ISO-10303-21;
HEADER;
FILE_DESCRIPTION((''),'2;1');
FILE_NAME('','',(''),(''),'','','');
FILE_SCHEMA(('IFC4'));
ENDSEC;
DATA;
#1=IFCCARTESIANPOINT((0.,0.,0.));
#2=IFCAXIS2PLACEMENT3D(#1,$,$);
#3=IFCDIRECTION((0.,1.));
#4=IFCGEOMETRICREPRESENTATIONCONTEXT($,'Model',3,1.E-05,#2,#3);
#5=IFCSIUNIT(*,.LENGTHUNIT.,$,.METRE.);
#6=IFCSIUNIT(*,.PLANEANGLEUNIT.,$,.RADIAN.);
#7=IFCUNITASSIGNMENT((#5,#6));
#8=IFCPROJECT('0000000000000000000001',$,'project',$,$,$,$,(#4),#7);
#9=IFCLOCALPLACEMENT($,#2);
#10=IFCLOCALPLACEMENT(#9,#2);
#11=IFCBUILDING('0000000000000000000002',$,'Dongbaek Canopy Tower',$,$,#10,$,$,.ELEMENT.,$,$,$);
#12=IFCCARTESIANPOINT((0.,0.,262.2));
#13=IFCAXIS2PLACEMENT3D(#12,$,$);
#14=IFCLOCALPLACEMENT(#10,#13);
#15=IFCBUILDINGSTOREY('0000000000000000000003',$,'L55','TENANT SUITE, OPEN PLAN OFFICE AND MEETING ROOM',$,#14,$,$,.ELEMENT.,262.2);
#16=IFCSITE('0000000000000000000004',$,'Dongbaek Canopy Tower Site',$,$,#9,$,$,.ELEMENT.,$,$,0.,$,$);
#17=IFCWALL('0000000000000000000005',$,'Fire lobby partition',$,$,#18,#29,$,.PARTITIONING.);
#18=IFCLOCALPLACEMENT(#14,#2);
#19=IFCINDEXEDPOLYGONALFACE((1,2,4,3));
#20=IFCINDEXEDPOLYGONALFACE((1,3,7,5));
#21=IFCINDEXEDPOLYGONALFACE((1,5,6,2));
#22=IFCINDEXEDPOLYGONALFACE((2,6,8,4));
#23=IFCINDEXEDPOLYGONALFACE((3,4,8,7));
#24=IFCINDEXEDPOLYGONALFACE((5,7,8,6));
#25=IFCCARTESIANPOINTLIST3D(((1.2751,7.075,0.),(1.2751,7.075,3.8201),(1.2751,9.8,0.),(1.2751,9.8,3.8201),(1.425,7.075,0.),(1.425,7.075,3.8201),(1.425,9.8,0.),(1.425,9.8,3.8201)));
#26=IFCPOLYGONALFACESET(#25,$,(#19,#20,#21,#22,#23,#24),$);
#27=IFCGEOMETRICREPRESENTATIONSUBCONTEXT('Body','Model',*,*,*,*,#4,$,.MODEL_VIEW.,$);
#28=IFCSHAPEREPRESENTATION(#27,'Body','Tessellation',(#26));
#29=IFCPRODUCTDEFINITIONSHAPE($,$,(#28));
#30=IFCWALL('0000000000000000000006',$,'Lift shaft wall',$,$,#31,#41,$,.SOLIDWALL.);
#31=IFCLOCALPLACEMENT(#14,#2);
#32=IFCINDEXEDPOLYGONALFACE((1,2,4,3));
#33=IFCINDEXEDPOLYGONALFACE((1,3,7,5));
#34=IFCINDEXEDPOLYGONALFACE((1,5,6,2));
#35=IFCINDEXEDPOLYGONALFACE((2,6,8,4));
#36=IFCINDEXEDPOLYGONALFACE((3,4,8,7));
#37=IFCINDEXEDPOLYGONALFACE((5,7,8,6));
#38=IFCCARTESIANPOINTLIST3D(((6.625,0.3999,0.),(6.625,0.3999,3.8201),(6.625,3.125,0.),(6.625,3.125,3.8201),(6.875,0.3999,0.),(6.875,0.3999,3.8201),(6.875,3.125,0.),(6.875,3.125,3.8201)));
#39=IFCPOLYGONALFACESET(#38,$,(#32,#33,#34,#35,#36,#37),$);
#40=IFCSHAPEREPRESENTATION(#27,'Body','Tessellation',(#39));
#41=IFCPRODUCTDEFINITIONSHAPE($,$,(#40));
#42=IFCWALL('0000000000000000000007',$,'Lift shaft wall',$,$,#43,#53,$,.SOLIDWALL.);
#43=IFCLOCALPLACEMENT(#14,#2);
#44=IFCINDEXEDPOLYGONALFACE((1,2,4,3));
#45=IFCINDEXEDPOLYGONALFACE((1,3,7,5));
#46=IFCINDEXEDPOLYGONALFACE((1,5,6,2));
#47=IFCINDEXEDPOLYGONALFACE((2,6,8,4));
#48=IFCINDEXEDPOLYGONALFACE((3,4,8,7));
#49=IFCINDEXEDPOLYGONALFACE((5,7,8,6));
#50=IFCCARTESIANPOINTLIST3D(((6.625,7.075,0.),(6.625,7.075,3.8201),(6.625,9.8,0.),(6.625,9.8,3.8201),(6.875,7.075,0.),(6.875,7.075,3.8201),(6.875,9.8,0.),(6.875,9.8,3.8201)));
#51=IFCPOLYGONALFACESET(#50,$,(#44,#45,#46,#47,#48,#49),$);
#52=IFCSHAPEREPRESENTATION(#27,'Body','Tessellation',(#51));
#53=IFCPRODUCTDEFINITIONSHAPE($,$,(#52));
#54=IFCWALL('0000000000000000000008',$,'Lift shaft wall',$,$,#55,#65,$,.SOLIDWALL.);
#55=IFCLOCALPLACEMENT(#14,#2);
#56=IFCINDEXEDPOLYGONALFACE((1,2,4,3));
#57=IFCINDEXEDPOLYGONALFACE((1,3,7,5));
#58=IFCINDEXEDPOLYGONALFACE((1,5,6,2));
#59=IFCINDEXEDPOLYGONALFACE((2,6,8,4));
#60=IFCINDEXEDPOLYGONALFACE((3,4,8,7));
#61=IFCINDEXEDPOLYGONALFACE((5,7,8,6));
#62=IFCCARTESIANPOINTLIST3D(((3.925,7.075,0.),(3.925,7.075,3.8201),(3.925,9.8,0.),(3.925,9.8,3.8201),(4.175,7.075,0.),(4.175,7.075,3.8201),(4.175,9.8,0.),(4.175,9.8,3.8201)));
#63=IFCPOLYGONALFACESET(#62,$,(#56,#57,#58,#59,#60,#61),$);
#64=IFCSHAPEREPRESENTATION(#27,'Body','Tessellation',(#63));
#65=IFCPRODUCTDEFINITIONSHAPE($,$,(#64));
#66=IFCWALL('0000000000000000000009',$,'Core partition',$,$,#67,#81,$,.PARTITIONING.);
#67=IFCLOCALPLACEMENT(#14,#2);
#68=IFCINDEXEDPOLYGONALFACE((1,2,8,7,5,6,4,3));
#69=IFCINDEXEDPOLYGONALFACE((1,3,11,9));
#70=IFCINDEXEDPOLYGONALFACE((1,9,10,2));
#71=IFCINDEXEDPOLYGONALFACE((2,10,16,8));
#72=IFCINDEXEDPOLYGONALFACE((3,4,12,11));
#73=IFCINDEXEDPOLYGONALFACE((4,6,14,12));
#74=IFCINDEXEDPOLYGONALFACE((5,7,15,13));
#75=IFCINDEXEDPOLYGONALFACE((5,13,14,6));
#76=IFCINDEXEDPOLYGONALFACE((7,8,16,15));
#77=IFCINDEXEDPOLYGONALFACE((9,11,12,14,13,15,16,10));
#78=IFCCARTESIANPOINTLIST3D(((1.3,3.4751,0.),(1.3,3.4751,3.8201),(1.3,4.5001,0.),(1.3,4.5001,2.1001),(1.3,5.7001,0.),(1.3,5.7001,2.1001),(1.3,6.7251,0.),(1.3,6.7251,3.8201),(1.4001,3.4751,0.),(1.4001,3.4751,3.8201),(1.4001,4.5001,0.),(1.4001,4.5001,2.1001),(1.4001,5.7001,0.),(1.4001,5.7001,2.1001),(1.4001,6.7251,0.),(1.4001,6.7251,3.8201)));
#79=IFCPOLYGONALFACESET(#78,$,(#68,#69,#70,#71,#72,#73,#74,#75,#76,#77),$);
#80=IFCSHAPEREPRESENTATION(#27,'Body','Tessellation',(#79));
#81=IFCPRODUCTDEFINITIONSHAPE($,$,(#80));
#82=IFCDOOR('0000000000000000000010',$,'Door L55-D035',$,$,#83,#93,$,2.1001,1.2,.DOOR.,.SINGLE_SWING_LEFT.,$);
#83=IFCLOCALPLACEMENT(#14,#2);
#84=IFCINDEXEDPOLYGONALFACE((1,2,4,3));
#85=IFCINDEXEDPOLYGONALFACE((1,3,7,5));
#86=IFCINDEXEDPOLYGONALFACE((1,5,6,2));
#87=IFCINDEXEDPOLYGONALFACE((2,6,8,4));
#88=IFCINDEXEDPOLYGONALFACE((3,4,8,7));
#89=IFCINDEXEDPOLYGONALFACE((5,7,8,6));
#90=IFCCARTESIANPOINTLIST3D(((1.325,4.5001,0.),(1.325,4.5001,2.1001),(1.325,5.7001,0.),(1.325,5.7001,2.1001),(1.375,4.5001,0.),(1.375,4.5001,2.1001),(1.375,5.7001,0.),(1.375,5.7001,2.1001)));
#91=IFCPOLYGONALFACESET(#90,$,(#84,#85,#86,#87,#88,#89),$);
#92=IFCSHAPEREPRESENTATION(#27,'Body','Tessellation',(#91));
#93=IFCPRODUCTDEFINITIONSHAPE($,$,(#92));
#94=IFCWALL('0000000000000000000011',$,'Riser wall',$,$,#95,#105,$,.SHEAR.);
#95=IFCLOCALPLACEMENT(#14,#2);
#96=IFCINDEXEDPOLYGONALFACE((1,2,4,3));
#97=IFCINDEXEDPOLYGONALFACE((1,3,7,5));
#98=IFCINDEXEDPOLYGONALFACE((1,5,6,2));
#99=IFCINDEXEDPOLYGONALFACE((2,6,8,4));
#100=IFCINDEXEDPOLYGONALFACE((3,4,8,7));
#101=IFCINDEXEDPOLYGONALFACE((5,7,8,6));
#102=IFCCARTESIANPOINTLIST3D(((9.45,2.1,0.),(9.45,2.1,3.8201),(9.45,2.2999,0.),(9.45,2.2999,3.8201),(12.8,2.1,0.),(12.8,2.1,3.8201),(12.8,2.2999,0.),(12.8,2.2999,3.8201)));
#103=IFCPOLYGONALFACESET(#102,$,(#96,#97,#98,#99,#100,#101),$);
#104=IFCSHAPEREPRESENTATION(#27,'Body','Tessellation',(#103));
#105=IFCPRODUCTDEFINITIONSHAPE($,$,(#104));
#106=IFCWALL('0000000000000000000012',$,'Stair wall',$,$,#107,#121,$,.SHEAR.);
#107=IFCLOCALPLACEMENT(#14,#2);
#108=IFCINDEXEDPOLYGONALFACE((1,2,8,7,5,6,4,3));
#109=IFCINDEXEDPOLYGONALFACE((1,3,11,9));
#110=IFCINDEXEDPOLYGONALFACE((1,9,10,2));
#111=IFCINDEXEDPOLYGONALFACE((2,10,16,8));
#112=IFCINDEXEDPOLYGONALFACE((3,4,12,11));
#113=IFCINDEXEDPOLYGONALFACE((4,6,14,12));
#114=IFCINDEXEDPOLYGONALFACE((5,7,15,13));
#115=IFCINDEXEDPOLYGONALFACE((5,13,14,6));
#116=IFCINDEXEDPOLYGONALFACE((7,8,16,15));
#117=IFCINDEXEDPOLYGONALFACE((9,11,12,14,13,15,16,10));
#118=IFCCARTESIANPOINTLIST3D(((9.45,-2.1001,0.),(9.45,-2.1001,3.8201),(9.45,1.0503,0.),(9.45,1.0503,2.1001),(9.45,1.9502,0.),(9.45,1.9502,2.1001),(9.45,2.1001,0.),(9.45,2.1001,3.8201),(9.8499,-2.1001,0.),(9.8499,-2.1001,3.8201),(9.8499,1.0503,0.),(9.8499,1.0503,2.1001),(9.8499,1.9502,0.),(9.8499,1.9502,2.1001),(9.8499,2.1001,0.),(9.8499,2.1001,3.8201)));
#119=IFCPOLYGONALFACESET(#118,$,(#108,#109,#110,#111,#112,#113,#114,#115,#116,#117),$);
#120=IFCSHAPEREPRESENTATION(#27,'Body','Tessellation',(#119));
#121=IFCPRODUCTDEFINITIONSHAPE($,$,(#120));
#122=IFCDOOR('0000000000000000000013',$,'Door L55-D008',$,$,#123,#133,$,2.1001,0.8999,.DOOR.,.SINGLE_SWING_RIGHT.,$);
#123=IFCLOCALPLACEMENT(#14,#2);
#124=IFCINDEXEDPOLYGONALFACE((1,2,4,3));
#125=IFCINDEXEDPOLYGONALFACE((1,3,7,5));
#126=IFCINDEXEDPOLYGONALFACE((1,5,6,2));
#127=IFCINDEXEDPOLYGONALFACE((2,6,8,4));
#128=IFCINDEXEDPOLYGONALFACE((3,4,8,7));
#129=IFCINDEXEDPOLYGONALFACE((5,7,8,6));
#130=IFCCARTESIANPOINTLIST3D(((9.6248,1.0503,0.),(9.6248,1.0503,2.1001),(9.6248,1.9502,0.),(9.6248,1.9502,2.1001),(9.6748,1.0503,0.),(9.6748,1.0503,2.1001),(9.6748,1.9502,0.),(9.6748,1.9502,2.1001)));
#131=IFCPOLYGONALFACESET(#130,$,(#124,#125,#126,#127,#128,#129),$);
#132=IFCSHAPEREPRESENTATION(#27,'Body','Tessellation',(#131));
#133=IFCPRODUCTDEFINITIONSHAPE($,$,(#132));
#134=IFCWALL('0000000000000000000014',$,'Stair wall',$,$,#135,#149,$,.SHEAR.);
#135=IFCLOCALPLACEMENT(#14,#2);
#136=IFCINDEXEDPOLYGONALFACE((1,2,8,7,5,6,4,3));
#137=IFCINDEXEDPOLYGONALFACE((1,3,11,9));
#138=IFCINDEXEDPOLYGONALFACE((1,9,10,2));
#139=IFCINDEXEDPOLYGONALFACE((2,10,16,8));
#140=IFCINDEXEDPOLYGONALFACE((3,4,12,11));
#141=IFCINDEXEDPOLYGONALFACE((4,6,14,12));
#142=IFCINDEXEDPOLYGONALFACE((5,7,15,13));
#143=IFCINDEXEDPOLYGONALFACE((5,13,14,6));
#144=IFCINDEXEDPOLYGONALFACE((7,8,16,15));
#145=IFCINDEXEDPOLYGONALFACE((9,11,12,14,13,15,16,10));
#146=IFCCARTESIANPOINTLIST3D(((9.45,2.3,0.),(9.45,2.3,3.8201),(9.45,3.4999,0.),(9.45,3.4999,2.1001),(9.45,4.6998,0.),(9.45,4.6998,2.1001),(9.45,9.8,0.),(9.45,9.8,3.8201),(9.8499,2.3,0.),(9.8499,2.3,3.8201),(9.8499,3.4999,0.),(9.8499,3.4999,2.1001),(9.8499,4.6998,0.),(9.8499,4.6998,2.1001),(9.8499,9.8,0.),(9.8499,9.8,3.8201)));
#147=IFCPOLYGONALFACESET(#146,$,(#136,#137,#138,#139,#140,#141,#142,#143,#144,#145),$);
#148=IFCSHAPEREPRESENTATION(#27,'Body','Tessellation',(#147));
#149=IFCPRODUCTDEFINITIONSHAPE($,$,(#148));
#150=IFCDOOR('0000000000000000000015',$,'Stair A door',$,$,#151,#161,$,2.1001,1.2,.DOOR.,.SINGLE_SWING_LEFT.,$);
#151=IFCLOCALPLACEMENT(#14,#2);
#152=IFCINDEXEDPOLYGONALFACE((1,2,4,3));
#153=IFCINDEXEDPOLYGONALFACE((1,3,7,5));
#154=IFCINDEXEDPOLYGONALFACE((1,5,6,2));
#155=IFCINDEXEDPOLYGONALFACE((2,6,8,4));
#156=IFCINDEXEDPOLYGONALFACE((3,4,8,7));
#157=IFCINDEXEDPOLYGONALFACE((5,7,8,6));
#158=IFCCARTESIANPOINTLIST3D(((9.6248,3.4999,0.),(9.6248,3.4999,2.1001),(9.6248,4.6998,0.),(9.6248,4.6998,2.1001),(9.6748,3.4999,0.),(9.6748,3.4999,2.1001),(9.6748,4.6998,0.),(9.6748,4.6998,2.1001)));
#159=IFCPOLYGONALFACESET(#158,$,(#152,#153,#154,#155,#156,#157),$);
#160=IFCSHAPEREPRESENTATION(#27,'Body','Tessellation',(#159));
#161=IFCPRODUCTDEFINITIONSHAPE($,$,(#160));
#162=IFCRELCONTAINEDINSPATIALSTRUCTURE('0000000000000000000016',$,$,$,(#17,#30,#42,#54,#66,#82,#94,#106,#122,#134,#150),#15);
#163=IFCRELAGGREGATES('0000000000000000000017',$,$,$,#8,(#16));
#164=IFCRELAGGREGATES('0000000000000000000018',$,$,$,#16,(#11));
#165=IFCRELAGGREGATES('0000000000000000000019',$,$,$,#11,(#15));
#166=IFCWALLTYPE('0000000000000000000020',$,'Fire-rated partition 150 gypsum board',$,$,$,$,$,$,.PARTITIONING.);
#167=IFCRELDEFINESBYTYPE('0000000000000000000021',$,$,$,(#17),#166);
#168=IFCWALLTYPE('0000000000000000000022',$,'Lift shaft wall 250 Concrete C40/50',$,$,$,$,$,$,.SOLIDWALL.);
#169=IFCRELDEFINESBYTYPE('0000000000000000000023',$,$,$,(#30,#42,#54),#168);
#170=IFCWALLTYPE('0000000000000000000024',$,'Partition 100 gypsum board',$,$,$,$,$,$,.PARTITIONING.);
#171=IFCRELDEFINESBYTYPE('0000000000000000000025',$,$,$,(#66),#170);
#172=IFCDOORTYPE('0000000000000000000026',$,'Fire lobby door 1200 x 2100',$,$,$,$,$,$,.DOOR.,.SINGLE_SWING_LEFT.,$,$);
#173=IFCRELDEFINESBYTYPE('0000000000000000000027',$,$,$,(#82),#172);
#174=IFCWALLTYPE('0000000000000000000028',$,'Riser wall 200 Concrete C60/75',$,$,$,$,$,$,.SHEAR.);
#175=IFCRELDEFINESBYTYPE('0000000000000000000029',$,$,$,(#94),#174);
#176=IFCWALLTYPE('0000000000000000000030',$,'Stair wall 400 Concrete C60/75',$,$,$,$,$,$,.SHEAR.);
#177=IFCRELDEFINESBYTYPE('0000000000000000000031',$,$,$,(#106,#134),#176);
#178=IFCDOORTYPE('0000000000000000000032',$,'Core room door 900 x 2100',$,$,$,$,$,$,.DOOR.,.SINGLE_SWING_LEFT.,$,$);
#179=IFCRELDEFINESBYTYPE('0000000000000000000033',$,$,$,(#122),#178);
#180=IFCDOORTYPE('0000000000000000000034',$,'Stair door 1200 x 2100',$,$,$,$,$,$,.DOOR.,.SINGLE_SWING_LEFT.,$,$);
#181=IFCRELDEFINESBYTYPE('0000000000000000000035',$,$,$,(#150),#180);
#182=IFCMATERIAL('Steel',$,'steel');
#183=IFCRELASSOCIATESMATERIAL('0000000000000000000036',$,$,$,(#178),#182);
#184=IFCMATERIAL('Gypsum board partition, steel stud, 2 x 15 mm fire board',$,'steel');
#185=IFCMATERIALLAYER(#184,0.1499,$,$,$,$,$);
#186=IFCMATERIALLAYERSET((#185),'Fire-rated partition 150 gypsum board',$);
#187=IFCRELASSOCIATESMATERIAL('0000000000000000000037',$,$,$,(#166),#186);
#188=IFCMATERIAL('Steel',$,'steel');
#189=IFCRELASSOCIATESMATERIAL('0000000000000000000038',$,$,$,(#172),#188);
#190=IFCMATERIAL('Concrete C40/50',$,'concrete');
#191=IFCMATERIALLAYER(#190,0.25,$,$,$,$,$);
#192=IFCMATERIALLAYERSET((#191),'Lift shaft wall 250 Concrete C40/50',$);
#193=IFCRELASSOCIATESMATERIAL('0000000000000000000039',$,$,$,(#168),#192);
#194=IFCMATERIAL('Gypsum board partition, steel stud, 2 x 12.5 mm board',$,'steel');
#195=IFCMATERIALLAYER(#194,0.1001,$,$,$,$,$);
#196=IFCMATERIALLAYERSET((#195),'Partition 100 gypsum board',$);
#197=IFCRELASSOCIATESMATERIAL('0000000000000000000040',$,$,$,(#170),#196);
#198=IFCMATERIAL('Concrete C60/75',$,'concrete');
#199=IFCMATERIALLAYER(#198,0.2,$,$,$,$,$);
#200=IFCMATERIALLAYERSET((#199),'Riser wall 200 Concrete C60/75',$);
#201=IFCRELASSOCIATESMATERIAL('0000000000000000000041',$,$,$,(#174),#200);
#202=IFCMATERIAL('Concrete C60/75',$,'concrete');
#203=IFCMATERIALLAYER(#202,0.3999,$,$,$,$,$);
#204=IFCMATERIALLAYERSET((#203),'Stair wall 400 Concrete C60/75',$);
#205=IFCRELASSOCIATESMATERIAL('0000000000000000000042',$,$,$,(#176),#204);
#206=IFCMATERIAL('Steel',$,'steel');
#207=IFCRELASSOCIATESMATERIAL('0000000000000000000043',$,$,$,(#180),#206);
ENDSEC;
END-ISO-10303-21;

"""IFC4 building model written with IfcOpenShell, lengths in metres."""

from ifc_helpers import new_model, si_unit, direction, frame, frame_2d, origin, place, context, subcontext, project, spatial, rectangle, extrude, material, layer, layer_set, type_object, element, fill, save


model = new_model("IFC4")

# Units and contexts
model_context = context("Model", 3, precision=1e-05, world=origin(), true_north=direction((0.0, 1.0)))
body_context = subcontext(model_context, "Body", "Model", "MODEL_VIEW")
ifc_project = project(units=[si_unit("LENGTHUNIT", "METRE"), si_unit("PLANEANGLEUNIT", "RADIAN")], contexts=[model_context])

# Site, building, storey
site_placement = place(None, origin())
site = spatial("IfcSite", under=ifc_project, at=site_placement, Name="Dongbaek Canopy Tower Site", CompositionType="ELEMENT", RefElevation=0.0)
building_placement = place(site_placement, origin())
building = spatial("IfcBuilding", under=site, at=building_placement, Name="Dongbaek Canopy Tower", CompositionType="ELEMENT")
storey_placement = place(building_placement, frame((0.0, 0.0, 262.2)))
storey = spatial("IfcBuildingStorey", under=building, at=storey_placement, Name="L55", Description="TENANT SUITE, OPEN PLAN OFFICE AND MEETING ROOM", CompositionType="ELEMENT", Elevation=262.2)

# Shared definitions
ifc_material_1 = material(Name="Steel", Category="steel")
door_type_1 = type_object("IfcDoorType", Name="Core room door 900 x 2100", OperationType="SINGLE_SWING_LEFT", PredefinedType="DOOR", material=ifc_material_1)

# Shared definitions
ifc_material_2 = material(Name="Gypsum board partition, steel stud, 2 x 15 mm fire board", Category="steel")
ifc_layer_1 = layer(ifc_material_2, 0.1499)
ifc_layer_set_1 = layer_set([ifc_layer_1], Name="Fire-rated partition 150 gypsum board")
wall_type_1 = type_object("IfcWallType", Name="Fire-rated partition 150 gypsum board", PredefinedType="PARTITIONING", material=ifc_layer_set_1)
ifc_material_3 = material(Name="Steel", Category="steel")
door_type_2 = type_object("IfcDoorType", Name="Fire lobby door 1200 x 2100", OperationType="SINGLE_SWING_LEFT", PredefinedType="DOOR", material=ifc_material_3)

# Walls
wall_1_placement = place(storey_placement, frame((1.3501, 7.075, 0.0), z_axis=(0.0, 0.0, 1.0), x_axis=(0.0, 1.0, 0.0)))
element("IfcWall", 1, at=wall_1_placement, inside=storey, type_object=wall_type_1, Name="Fire lobby partition", PredefinedType="PARTITIONING", context=body_context, shape_type="SweptSolid", body=[
    extrude(rectangle(XDim=2.7251, YDim=0.1499, at=frame_2d((1.3625, 0.0))), origin(), (0.0, 0.0, 1.0), 3.8201),
])
ifc_material_4 = material(Name="Concrete C40/50", Category="concrete")
ifc_layer_2 = layer(ifc_material_4, 0.25)
ifc_layer_set_2 = layer_set([ifc_layer_2], Name="Lift shaft wall 250 Concrete C40/50")
wall_type_2 = type_object("IfcWallType", Name="Lift shaft wall 250 Concrete C40/50", PredefinedType="SOLIDWALL", material=ifc_layer_set_2)
for number, where, z_axis, x_axis, name in (
    (2, (6.75, 0.3999, 0.0), (0.0, 0.0, 1.0), (0.0, 1.0, 0.0), "Lift shaft wall"),
    (3, (6.75, 7.075, 0.0), (0.0, 0.0, 1.0), (0.0, 1.0, 0.0), "Lift shaft wall"),
    (4, (4.05, 7.075, 0.0), (0.0, 0.0, 1.0), (0.0, 1.0, 0.0), "Lift shaft wall"),
):
    element("IfcWall", number, at=place(storey_placement, frame(where, z_axis=z_axis, x_axis=x_axis)), inside=storey, type_object=wall_type_2, Name=name, PredefinedType="SOLIDWALL", context=body_context, shape_type="SweptSolid", body=[
        extrude(rectangle(XDim=2.7251, YDim=0.25, at=frame_2d((1.3625, 0.0))), origin(), (0.0, 0.0, 1.0), 3.8201),
    ])

# Wall, opening, door
ifc_material_5 = material(Name="Gypsum board partition, steel stud, 2 x 12.5 mm board", Category="steel")
ifc_layer_3 = layer(ifc_material_5, 0.1001)
ifc_layer_set_3 = layer_set([ifc_layer_3], Name="Partition 100 gypsum board")
wall_type_3 = type_object("IfcWallType", Name="Partition 100 gypsum board", PredefinedType="PARTITIONING", material=ifc_layer_set_3)
wall_2_placement = place(storey_placement, frame((1.3501, 6.7251, 0.0), z_axis=(0.0, 0.0, 1.0), x_axis=(0.0, -1.0, 0.0)))
wall_2 = element("IfcWall", 5, at=wall_2_placement, inside=storey, type_object=wall_type_3, Name="Core partition", PredefinedType="PARTITIONING", context=body_context, shape_type="SweptSolid", body=[
    extrude(rectangle(XDim=3.25, YDim=0.1001, at=frame_2d((1.625, 0.0))), origin(), (0.0, 0.0, 1.0), 3.8201),
])
opening_1_placement = place(wall_2_placement, frame((1.0249, 0.0, 0.0)))
opening_1 = element("IfcOpeningElement", 6, at=opening_1_placement, cuts=wall_2, PredefinedType="OPENING", context=body_context, shape_type="SweptSolid", body=[
    extrude(rectangle(XDim=1.2, YDim=2.1001, at=frame_2d((0.6001, 1.05))), frame((0.0, 0.0601, 0.0), z_axis=(0.0, -1.0, 0.0), x_axis=(1.0, 0.0, 0.0)), (0.0, 0.0, 1.0), 0.1201),
])
door_1_placement = place(opening_1_placement, origin())
door_1 = element("IfcDoor", 7, at=door_1_placement, inside=storey, type_object=door_type_2, Name="Door L55-D035", OperationType="SINGLE_SWING_LEFT", OverallHeight=2.1001, OverallWidth=1.2, PredefinedType="DOOR", context=body_context, shape_type="SweptSolid", body=[
    extrude(rectangle(XDim=1.2, YDim=2.1001, at=frame_2d((0.6001, 1.05))), frame((0.0, 0.0249, 0.0), z_axis=(0.0, -1.0, 0.0), x_axis=(1.0, 0.0, 0.0)), (0.0, 0.0, 1.0), 0.05),
])
fill(opening_1, door_1)

# Wall
ifc_material_6 = material(Name="Concrete C60/75", Category="concrete")
ifc_layer_4 = layer(ifc_material_6, 0.2)
ifc_layer_set_4 = layer_set([ifc_layer_4], Name="Riser wall 200 Concrete C60/75")
wall_type_4 = type_object("IfcWallType", Name="Riser wall 200 Concrete C60/75", PredefinedType="SHEAR", material=ifc_layer_set_4)
wall_3_placement = place(storey_placement, frame((9.45, 2.2, 0.0), z_axis=(0.0, 0.0, 1.0), x_axis=(1.0, 0.0, 0.0)))
element("IfcWall", 8, at=wall_3_placement, inside=storey, type_object=wall_type_4, Name="Riser wall", PredefinedType="SHEAR", context=body_context, shape_type="SweptSolid", body=[
    extrude(rectangle(XDim=3.3501, YDim=0.2, at=frame_2d((1.675, 0.0))), origin(), (0.0, 0.0, 1.0), 3.8201),
])

# Walls, openings, doors
ifc_material_7 = material(Name="Concrete C60/75", Category="concrete")
ifc_layer_5 = layer(ifc_material_7, 0.3999)
ifc_layer_set_5 = layer_set([ifc_layer_5], Name="Stair wall 400 Concrete C60/75")
wall_type_5 = type_object("IfcWallType", Name="Stair wall 400 Concrete C60/75", PredefinedType="SHEAR", material=ifc_layer_set_5)
wall_4_placement = place(storey_placement, frame((9.6499, 2.1001, 0.0), z_axis=(0.0, 0.0, 1.0), x_axis=(0.0, -1.0, 0.0)))
wall_4 = element("IfcWall", 9, at=wall_4_placement, inside=storey, type_object=wall_type_5, Name="Stair wall", PredefinedType="SHEAR", context=body_context, shape_type="SweptSolid", body=[
    extrude(rectangle(XDim=4.2002, YDim=0.3999, at=frame_2d((2.1001, 0.0))), origin(), (0.0, 0.0, 1.0), 3.8201),
])
opening_2_placement = place(wall_4_placement, frame((0.1499, 0.0, 0.0)))
opening_2 = element("IfcOpeningElement", 10, at=opening_2_placement, cuts=wall_4, PredefinedType="OPENING", context=body_context, shape_type="SweptSolid", body=[
    extrude(rectangle(XDim=0.8999, YDim=2.1001, at=frame_2d((0.45, 1.05))), frame((0.0, 0.21, 0.0), z_axis=(0.0, -1.0, 0.0), x_axis=(1.0, 0.0, 0.0)), (0.0, 0.0, 1.0), 0.4199),
])
door_2_placement = place(opening_2_placement, origin())
door_2 = element("IfcDoor", 11, at=door_2_placement, inside=storey, type_object=door_type_1, Name="Door L55-D008", OperationType="SINGLE_SWING_RIGHT", OverallHeight=2.1001, OverallWidth=0.8999, PredefinedType="DOOR", context=body_context, shape_type="SweptSolid", body=[
    extrude(rectangle(XDim=0.8999, YDim=2.1001, at=frame_2d((0.45, 1.05))), frame((0.0, 0.0249, 0.0), z_axis=(0.0, -1.0, 0.0), x_axis=(1.0, 0.0, 0.0)), (0.0, 0.0, 1.0), 0.05),
])
fill(opening_2, door_2)
wall_5_placement = place(storey_placement, frame((9.6499, 9.8, 0.0), z_axis=(0.0, 0.0, 1.0), x_axis=(0.0, -1.0, 0.0)))
wall_5 = element("IfcWall", 12, at=wall_5_placement, inside=storey, type_object=wall_type_5, Name="Stair wall", PredefinedType="SHEAR", context=body_context, shape_type="SweptSolid", body=[
    extrude(rectangle(XDim=7.5, YDim=0.3999, at=frame_2d((3.75, 0.0))), origin(), (0.0, 0.0, 1.0), 3.8201),
])
opening_3_placement = place(wall_5_placement, frame((5.1001, 0.0, 0.0)))
opening_3 = element("IfcOpeningElement", 13, at=opening_3_placement, cuts=wall_5, PredefinedType="OPENING", context=body_context, shape_type="SweptSolid", body=[
    extrude(rectangle(XDim=1.2, YDim=2.1001, at=frame_2d((0.6001, 1.05))), frame((0.0, 0.21, 0.0), z_axis=(0.0, -1.0, 0.0), x_axis=(1.0, 0.0, 0.0)), (0.0, 0.0, 1.0), 0.4199),
])
ifc_material_8 = material(Name="Steel", Category="steel")
door_type_3 = type_object("IfcDoorType", Name="Stair door 1200 x 2100", OperationType="SINGLE_SWING_LEFT", PredefinedType="DOOR", material=ifc_material_8)
door_3_placement = place(opening_3_placement, origin())
door_3 = element("IfcDoor", 14, at=door_3_placement, inside=storey, type_object=door_type_3, Name="Stair A door", OperationType="SINGLE_SWING_LEFT", OverallHeight=2.1001, OverallWidth=1.2, PredefinedType="DOOR", context=body_context, shape_type="SweptSolid", body=[
    extrude(rectangle(XDim=1.2, YDim=2.1001, at=frame_2d((0.6001, 1.05))), frame((0.0, 0.0249, 0.0), z_axis=(0.0, -1.0, 0.0), x_axis=(1.0, 0.0, 0.0)), (0.0, 0.0, 1.0), 0.05),
])
fill(opening_3, door_3)

save(model, "model.ifc")
